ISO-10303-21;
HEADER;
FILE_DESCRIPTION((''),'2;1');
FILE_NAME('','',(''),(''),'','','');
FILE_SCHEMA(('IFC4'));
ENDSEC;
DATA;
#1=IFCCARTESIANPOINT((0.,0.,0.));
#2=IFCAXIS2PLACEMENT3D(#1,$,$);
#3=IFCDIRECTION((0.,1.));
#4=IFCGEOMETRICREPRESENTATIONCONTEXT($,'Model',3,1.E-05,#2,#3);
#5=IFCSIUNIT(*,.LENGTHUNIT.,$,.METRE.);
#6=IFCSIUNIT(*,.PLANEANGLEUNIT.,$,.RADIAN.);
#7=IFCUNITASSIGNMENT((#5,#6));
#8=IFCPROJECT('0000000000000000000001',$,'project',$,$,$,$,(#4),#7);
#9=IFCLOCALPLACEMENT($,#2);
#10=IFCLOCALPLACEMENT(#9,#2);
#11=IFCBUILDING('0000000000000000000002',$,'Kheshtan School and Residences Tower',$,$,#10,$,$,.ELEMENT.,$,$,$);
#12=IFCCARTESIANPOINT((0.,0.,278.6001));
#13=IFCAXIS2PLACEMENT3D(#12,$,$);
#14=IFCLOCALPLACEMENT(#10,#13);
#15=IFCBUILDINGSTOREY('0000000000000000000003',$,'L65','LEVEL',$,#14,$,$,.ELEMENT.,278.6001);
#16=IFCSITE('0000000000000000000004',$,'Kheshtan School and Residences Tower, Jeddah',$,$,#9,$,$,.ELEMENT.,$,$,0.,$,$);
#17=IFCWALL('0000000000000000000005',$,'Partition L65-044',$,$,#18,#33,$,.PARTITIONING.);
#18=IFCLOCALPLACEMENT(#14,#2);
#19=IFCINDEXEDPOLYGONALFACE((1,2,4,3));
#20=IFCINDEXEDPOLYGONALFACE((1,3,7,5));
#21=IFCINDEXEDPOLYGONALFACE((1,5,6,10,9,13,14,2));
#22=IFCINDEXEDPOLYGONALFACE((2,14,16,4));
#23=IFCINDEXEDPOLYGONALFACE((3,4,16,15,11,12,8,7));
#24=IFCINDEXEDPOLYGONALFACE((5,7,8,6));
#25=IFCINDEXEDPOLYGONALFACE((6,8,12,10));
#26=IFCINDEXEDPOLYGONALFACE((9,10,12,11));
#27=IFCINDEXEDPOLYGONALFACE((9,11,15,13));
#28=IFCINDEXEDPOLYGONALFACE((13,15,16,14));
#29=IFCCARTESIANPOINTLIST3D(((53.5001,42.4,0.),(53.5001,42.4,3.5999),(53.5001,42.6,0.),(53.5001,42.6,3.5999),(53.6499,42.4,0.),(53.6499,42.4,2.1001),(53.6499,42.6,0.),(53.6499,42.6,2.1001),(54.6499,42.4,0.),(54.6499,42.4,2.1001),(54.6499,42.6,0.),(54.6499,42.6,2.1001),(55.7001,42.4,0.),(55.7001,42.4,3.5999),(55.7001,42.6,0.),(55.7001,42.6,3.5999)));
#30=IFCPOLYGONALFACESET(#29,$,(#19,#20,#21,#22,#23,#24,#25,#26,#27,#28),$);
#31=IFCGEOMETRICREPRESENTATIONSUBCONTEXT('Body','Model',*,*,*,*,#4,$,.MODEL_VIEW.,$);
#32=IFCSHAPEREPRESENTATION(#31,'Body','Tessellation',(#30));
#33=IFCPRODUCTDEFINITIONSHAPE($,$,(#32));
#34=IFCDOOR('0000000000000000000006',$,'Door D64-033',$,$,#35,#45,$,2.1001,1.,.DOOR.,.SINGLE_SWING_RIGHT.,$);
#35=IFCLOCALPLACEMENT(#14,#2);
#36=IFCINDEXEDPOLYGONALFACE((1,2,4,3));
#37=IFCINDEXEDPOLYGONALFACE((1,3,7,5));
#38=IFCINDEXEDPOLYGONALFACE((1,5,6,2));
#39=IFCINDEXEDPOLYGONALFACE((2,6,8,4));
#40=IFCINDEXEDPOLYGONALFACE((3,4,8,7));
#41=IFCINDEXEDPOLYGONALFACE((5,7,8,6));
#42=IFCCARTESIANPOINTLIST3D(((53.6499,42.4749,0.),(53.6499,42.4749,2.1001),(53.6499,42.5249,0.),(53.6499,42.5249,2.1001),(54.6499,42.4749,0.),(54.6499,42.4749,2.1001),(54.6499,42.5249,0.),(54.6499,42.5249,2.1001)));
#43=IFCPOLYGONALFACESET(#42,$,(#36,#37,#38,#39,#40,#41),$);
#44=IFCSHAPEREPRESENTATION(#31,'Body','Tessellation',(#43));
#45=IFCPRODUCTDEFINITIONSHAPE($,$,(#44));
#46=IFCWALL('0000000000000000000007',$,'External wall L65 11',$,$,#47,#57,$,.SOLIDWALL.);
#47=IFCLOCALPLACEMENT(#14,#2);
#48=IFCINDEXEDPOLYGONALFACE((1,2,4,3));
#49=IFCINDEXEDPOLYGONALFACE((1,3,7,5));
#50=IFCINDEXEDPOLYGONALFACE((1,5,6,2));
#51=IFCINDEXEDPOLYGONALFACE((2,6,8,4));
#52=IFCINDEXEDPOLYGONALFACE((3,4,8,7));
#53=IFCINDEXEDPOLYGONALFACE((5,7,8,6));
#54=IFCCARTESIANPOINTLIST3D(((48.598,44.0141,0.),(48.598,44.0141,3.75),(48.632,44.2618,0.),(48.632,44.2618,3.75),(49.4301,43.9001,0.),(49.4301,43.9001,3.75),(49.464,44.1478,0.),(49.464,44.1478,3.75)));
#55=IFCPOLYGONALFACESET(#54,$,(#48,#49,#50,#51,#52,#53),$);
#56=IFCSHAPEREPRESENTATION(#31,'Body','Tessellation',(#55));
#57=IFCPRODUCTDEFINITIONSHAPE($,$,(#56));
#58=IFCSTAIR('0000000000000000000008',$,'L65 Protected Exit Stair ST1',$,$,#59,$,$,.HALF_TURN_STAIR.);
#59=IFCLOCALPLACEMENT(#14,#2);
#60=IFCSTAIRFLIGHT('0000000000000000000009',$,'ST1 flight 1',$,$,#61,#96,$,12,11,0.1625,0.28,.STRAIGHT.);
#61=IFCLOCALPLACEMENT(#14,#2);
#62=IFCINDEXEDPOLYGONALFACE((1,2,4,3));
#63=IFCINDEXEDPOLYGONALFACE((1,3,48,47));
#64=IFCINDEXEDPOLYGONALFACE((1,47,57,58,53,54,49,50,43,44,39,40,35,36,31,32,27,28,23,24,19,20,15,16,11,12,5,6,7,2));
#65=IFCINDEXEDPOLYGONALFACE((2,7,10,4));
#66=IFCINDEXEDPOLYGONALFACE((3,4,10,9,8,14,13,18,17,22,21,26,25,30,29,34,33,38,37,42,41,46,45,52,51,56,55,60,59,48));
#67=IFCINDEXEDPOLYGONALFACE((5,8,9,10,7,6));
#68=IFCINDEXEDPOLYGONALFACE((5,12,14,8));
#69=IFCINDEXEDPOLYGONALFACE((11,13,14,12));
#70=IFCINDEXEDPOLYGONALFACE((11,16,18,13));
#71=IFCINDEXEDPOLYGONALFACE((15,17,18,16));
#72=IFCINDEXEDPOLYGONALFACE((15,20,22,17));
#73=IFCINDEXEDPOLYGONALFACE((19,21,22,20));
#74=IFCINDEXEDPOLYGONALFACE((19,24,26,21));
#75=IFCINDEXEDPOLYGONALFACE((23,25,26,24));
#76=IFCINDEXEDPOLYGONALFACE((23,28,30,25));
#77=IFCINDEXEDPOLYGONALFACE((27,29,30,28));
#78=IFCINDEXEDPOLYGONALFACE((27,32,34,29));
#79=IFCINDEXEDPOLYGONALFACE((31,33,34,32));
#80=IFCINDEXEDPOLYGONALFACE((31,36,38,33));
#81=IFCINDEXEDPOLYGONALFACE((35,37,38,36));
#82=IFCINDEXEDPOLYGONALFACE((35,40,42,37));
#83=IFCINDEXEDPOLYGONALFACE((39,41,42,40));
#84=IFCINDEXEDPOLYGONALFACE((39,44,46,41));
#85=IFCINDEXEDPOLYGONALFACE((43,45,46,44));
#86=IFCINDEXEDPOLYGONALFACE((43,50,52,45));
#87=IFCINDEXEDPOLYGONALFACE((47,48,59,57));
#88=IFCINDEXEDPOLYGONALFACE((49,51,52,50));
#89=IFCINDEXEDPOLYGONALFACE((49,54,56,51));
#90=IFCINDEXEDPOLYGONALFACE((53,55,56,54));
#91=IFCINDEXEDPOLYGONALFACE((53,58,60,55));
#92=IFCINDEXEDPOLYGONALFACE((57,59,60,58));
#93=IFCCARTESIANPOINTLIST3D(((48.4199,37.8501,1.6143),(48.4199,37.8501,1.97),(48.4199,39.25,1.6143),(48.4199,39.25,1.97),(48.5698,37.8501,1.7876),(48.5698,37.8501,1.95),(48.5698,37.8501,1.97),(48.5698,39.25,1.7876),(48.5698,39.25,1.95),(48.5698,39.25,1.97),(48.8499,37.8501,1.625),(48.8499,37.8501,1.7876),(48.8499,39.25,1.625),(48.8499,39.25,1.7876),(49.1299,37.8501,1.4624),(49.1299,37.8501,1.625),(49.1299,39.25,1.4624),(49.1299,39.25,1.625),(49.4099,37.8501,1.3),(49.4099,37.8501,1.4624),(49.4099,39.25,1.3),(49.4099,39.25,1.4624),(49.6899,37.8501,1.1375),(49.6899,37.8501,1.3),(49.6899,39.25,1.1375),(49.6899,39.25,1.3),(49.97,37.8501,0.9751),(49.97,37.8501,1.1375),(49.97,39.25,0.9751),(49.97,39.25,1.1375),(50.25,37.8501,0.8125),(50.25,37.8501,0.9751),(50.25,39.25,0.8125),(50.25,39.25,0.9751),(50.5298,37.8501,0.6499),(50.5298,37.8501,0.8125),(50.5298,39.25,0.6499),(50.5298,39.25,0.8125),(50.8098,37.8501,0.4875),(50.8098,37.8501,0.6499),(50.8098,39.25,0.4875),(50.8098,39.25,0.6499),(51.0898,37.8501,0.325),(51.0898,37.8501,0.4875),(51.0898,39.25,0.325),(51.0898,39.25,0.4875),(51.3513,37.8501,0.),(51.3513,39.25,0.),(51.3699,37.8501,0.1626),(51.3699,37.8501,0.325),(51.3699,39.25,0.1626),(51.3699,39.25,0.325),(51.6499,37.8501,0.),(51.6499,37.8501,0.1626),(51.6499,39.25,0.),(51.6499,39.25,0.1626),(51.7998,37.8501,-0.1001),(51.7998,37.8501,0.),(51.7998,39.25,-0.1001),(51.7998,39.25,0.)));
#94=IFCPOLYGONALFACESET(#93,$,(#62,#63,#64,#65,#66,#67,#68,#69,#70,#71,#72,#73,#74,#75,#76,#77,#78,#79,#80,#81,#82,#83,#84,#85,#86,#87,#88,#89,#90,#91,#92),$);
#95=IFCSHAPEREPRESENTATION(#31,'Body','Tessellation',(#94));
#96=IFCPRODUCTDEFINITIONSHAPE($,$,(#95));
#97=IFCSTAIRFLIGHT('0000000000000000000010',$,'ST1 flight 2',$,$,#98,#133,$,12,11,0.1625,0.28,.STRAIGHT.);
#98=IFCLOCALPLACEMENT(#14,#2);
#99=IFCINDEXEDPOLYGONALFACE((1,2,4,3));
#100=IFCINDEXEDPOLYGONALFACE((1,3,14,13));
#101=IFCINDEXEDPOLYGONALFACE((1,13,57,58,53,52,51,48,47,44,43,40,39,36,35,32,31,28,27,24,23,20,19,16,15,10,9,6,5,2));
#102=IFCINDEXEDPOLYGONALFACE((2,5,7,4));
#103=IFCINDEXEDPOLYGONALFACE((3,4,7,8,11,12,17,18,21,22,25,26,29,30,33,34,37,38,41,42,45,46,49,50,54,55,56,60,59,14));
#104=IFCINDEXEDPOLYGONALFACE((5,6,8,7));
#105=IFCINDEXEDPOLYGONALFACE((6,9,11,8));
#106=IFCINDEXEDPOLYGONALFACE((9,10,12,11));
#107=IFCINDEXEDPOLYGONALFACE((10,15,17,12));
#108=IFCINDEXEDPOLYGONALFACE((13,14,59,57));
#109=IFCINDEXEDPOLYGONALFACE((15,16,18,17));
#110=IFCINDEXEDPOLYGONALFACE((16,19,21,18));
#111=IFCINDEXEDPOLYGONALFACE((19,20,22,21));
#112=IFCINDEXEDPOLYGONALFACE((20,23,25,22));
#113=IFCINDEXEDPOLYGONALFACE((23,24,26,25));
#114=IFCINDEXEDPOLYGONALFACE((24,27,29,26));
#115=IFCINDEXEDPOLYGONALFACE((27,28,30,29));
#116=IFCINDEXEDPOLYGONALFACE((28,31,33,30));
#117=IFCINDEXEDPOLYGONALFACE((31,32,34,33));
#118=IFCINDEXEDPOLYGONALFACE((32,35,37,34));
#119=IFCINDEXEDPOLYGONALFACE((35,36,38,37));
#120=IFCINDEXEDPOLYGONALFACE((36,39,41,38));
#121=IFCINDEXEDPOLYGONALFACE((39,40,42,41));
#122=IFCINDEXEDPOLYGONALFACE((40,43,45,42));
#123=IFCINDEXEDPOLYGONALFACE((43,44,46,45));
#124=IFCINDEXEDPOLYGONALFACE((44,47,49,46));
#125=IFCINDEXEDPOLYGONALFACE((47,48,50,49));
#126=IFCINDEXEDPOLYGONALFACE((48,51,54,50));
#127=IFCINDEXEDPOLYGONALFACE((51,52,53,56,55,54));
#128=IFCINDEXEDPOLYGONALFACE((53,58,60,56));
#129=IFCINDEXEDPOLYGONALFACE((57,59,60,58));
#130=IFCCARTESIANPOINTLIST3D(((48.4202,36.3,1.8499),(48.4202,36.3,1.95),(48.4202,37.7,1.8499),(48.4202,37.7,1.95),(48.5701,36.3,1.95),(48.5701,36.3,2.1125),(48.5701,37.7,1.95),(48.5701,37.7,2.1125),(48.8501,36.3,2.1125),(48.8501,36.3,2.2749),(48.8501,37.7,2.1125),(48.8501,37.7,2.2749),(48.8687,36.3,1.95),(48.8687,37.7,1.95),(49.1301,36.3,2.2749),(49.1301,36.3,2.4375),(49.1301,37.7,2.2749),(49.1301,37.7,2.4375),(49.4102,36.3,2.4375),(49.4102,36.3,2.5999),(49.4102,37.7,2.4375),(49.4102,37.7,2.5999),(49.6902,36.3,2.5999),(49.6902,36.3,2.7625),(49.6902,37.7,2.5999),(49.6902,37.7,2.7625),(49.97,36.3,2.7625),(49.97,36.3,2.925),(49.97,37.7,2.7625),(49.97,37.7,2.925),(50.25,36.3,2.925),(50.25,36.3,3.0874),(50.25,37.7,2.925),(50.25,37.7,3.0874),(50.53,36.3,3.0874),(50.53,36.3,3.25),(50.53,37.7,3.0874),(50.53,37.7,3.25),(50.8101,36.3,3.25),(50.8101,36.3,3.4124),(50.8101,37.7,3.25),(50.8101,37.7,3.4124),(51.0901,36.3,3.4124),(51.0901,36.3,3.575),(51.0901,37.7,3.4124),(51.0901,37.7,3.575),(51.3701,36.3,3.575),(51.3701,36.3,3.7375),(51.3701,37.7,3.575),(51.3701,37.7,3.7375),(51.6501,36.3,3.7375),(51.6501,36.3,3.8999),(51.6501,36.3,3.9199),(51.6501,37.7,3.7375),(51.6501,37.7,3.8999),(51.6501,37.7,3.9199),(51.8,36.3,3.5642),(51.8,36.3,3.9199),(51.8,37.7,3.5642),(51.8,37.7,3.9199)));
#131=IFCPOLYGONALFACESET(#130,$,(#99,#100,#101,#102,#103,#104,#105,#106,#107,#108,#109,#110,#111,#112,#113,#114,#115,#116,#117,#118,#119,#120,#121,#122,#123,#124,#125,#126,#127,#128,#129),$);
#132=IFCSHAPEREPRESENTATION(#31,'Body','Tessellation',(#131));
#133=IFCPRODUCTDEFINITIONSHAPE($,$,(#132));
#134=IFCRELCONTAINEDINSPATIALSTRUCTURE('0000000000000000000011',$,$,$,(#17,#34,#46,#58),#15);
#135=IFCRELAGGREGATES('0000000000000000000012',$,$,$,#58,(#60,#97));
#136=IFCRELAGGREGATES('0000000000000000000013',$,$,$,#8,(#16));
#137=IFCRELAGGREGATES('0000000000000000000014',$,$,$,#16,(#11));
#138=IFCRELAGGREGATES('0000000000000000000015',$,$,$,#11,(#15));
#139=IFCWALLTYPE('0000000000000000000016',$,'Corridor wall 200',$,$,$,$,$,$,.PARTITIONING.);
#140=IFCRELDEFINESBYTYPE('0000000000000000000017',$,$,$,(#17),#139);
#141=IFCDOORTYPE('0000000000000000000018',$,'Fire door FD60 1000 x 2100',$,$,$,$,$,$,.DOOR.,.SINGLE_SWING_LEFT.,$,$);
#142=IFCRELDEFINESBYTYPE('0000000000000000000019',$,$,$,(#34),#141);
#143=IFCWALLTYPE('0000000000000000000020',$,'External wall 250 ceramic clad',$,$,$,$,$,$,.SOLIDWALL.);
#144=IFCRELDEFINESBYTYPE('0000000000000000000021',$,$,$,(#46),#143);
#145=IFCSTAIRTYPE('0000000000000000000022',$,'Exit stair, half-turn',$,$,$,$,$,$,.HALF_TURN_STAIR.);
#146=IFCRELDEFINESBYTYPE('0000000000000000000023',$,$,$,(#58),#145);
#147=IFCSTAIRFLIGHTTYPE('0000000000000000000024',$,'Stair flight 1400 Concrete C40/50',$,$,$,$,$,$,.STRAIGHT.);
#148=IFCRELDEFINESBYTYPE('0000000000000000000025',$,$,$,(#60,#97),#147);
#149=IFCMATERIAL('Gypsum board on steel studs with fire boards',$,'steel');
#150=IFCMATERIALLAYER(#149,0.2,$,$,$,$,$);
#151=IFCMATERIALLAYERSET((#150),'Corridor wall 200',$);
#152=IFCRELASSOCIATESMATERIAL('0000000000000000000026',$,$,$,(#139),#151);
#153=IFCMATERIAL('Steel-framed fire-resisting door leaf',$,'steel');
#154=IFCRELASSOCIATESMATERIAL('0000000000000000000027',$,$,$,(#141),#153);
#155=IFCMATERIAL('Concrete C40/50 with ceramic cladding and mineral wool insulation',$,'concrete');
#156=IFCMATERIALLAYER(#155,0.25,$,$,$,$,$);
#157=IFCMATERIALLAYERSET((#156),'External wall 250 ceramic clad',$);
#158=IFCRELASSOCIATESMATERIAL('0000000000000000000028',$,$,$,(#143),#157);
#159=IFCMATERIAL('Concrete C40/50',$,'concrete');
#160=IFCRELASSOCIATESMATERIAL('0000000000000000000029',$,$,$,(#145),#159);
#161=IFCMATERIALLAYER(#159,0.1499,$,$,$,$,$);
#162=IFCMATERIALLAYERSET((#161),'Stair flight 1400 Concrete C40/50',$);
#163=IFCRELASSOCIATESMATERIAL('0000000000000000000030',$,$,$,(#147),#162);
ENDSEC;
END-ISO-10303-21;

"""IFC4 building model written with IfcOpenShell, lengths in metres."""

from ifc_helpers import new_model, si_unit, direction, frame, frame_2d, origin, place, context, subcontext, project, spatial, polyline, rectangle, outline, extrude, source, transform, mapped, material, layer, layer_set, type_object, element, fill, aggregate, save


model = new_model("IFC4")

# Units and contexts
model_context = context("Model", 3, precision=1e-05, world=origin(), true_north=direction((0.0, 1.0)))
body_context = subcontext(model_context, "Body", "Model", "MODEL_VIEW")
ifc_project = project(units=[si_unit("LENGTHUNIT", "METRE"), si_unit("PLANEANGLEUNIT", "RADIAN")], contexts=[model_context])

# Site, building, storey
site_placement = place(None, origin())
site = spatial("IfcSite", under=ifc_project, at=site_placement, Name="Kheshtan School and Residences Tower, Jeddah", CompositionType="ELEMENT", RefElevation=0.0)
building_placement = place(site_placement, origin())
building = spatial("IfcBuilding", under=site, at=building_placement, Name="Kheshtan School and Residences Tower", CompositionType="ELEMENT")
storey_placement = place(building_placement, frame((0.0, 0.0, 278.6001)))
storey = spatial("IfcBuildingStorey", under=building, at=storey_placement, Name="L65", Description="LEVEL", CompositionType="ELEMENT", Elevation=278.6001)

# Wall, opening, door
ifc_material_1 = material(Name="Gypsum board on steel studs with fire boards", Category="steel")
ifc_layer_1 = layer(ifc_material_1, 0.2)
ifc_layer_set_1 = layer_set([ifc_layer_1], Name="Corridor wall 200")
wall_type_1 = type_object("IfcWallType", Name="Corridor wall 200", PredefinedType="PARTITIONING", material=ifc_layer_set_1)
wall_1_placement = place(storey_placement, frame((53.5, 42.5, 0.0), z_axis=(0.0, 0.0, 1.0), x_axis=(1.0, 0.0, 0.0)))
wall_1 = element("IfcWall", 1, at=wall_1_placement, inside=storey, type_object=wall_type_1, Name="Partition L65-044", PredefinedType="PARTITIONING", context=body_context, shape_type="SweptSolid", body=[
    extrude(rectangle(XDim=2.2, YDim=0.2, at=frame_2d((1.1001, 0.0))), origin(), (0.0, 0.0, 1.0), 3.5999),
])
opening_placement = place(wall_1_placement, frame((0.1499, 0.0, 0.0)))
opening = element("IfcOpeningElement", 2, at=opening_placement, cuts=wall_1, PredefinedType="OPENING", context=body_context, shape_type="SweptSolid", body=[
    extrude(rectangle(XDim=1.0, YDim=2.1001, at=frame_2d((0.5, 1.05))), frame((0.0, 0.1099, 0.0), z_axis=(0.0, -1.0, 0.0), x_axis=(1.0, 0.0, 0.0)), (0.0, 0.0, 1.0), 0.22),
])
ifc_material_2 = material(Name="Steel-framed fire-resisting door leaf", Category="steel")
door_type = type_object("IfcDoorType", Name="Fire door FD60 1000 x 2100", OperationType="SINGLE_SWING_LEFT", PredefinedType="DOOR", material=ifc_material_2)
shared_shape = source(origin(), body_context, "Body", "SweptSolid", [
    extrude(rectangle(XDim=1.0, YDim=2.1001, at=frame_2d((0.5, 1.05))), frame((0.0, 0.0249, 0.0), z_axis=(0.0, -1.0, 0.0), x_axis=(1.0, 0.0, 0.0)), (0.0, 0.0, 1.0), 0.05),
])
door_placement = place(opening_placement, origin())
door = element("IfcDoor", 3, at=door_placement, inside=storey, type_object=door_type, Name="Door D64-033", OperationType="SINGLE_SWING_RIGHT", OverallHeight=2.1001, OverallWidth=1.0, PredefinedType="DOOR", context=body_context, shape_type="MappedRepresentation", body=[
    mapped(shared_shape, transform((0.0, 0.0, 0.0), x_axis=(1.0, 0.0, 0.0), y_axis=(0.0, 1.0, 0.0), z_axis=(0.0, 0.0, 1.0), scale=1.0)),
])
fill(opening, door)

# Wall
ifc_material_3 = material(Name="Concrete C40/50 with ceramic cladding and mineral wool insulation", Category="concrete")
ifc_layer_2 = layer(ifc_material_3, 0.25)
ifc_layer_set_2 = layer_set([ifc_layer_2], Name="External wall 250 ceramic clad")
wall_type_2 = type_object("IfcWallType", Name="External wall 250 ceramic clad", PredefinedType="SOLIDWALL", material=ifc_layer_set_2)
wall_2_placement = place(storey_placement, frame((48.615, 44.1379, 0.0), z_axis=(0.0, 0.0, 1.0), x_axis=(0.990742, -0.135762, 0.0)))
element("IfcWall", 4, at=wall_2_placement, inside=storey, type_object=wall_type_2, Name="External wall L65 11", PredefinedType="SOLIDWALL", context=body_context, shape_type="SweptSolid", body=[
    extrude(rectangle(XDim=0.8398, YDim=0.25, at=frame_2d((0.4199, 0.0))), origin(), (0.0, 0.0, 1.0), 3.75),
])

# Stair, stair flights
ifc_material_4 = material(Name="Concrete C40/50", Category="concrete")
stair_type = type_object("IfcStairType", Name="Exit stair, half-turn", PredefinedType="HALF_TURN_STAIR", material=ifc_material_4)
stair_placement = place(storey_placement, origin())
stair = element("IfcStair", 5, at=stair_placement, inside=storey, type_object=stair_type, Name="L65 Protected Exit Stair ST1", PredefinedType="HALF_TURN_STAIR")
ifc_layer_3 = layer(ifc_material_4, 0.1499)
ifc_layer_set_3 = layer_set([ifc_layer_3], Name="Stair flight 1400 Concrete C40/50")
stair_flight_type = type_object("IfcStairFlightType", Name="Stair flight 1400 Concrete C40/50", PredefinedType="STRAIGHT", material=ifc_layer_set_3)
stair_flight_1_placement = place(storey_placement, frame((51.6499, 38.55, 0.0), z_axis=(0.0, 0.0, 1.0), x_axis=(-1.0, 0.0, 0.0)))
stair_flight_1 = element("IfcStairFlight", 6, at=stair_flight_1_placement, type_object=stair_flight_type, Name="ST1 flight 1", NumberOfRisers=12, NumberOfTreads=11, PredefinedType="STRAIGHT", RiserHeight=0.1625, TreadLength=0.28, context=body_context, shape_type="SweptSolid", body=[
    extrude(outline(polyline([(-0.1499, -0.1001), (-0.1499, 0.0), (0.0, 0.0), (0.0, 0.1626), (0.28, 0.1626), (0.28, 0.325), (0.5601, 0.325), (0.5601, 0.4875), (0.8401, 0.4875), (0.8401, 0.6499), (1.1201, 0.6499), (1.1201, 0.8125), (1.3999, 0.8125), (1.3999, 0.9751), (1.6799, 0.9751), (1.6799, 1.1375), (1.96, 1.1375), (1.96, 1.3), (2.24, 1.3), (2.24, 1.4624), (2.52, 1.4624), (2.52, 1.625), (2.8, 1.625), (2.8, 1.7876), (3.0801, 1.7876), (3.0801, 1.95), (3.0801, 1.97), (3.23, 1.97), (3.23, 1.6143), (0.2986, 0.0), (-0.1499, -0.1001)])), frame((0.0, 0.7, 0.0), z_axis=(0.0, -1.0, 0.0), x_axis=(1.0, 0.0, 0.0)), (0.0, 0.0, 1.0), 1.3999),
])
stair_flight_2_placement = place(storey_placement, frame((48.5701, 37.0, 1.95), z_axis=(0.0, 0.0, 1.0), x_axis=(1.0, 0.0, 0.0)))
stair_flight_2 = element("IfcStairFlight", 7, at=stair_flight_2_placement, type_object=stair_flight_type, Name="ST1 flight 2", NumberOfRisers=12, NumberOfTreads=11, PredefinedType="STRAIGHT", RiserHeight=0.1625, TreadLength=0.28, context=body_context, shape_type="SweptSolid", body=[
    extrude(outline(polyline([(-0.1499, -0.1001), (-0.1499, 0.0), (0.0, 0.0), (0.0, 0.1626), (0.28, 0.1626), (0.28, 0.325), (0.5601, 0.325), (0.5601, 0.4875), (0.8401, 0.4875), (0.8401, 0.6499), (1.1201, 0.6499), (1.1201, 0.8125), (1.3999, 0.8125), (1.3999, 0.9751), (1.6799, 0.9751), (1.6799, 1.1375), (1.96, 1.1375), (1.96, 1.3), (2.24, 1.3), (2.24, 1.4624), (2.52, 1.4624), (2.52, 1.625), (2.8, 1.625), (2.8, 1.7876), (3.0801, 1.7876), (3.0801, 1.95), (3.0801, 1.97), (3.23, 1.97), (3.23, 1.6143), (0.2986, 0.0), (-0.1499, -0.1001)])), frame((0.0, 0.7, 0.0), z_axis=(0.0, -1.0, 0.0), x_axis=(1.0, 0.0, 0.0)), (0.0, 0.0, 1.0), 1.3999),
])
aggregate(stair, [stair_flight_1, stair_flight_2])

save(model, "model.ifc")
